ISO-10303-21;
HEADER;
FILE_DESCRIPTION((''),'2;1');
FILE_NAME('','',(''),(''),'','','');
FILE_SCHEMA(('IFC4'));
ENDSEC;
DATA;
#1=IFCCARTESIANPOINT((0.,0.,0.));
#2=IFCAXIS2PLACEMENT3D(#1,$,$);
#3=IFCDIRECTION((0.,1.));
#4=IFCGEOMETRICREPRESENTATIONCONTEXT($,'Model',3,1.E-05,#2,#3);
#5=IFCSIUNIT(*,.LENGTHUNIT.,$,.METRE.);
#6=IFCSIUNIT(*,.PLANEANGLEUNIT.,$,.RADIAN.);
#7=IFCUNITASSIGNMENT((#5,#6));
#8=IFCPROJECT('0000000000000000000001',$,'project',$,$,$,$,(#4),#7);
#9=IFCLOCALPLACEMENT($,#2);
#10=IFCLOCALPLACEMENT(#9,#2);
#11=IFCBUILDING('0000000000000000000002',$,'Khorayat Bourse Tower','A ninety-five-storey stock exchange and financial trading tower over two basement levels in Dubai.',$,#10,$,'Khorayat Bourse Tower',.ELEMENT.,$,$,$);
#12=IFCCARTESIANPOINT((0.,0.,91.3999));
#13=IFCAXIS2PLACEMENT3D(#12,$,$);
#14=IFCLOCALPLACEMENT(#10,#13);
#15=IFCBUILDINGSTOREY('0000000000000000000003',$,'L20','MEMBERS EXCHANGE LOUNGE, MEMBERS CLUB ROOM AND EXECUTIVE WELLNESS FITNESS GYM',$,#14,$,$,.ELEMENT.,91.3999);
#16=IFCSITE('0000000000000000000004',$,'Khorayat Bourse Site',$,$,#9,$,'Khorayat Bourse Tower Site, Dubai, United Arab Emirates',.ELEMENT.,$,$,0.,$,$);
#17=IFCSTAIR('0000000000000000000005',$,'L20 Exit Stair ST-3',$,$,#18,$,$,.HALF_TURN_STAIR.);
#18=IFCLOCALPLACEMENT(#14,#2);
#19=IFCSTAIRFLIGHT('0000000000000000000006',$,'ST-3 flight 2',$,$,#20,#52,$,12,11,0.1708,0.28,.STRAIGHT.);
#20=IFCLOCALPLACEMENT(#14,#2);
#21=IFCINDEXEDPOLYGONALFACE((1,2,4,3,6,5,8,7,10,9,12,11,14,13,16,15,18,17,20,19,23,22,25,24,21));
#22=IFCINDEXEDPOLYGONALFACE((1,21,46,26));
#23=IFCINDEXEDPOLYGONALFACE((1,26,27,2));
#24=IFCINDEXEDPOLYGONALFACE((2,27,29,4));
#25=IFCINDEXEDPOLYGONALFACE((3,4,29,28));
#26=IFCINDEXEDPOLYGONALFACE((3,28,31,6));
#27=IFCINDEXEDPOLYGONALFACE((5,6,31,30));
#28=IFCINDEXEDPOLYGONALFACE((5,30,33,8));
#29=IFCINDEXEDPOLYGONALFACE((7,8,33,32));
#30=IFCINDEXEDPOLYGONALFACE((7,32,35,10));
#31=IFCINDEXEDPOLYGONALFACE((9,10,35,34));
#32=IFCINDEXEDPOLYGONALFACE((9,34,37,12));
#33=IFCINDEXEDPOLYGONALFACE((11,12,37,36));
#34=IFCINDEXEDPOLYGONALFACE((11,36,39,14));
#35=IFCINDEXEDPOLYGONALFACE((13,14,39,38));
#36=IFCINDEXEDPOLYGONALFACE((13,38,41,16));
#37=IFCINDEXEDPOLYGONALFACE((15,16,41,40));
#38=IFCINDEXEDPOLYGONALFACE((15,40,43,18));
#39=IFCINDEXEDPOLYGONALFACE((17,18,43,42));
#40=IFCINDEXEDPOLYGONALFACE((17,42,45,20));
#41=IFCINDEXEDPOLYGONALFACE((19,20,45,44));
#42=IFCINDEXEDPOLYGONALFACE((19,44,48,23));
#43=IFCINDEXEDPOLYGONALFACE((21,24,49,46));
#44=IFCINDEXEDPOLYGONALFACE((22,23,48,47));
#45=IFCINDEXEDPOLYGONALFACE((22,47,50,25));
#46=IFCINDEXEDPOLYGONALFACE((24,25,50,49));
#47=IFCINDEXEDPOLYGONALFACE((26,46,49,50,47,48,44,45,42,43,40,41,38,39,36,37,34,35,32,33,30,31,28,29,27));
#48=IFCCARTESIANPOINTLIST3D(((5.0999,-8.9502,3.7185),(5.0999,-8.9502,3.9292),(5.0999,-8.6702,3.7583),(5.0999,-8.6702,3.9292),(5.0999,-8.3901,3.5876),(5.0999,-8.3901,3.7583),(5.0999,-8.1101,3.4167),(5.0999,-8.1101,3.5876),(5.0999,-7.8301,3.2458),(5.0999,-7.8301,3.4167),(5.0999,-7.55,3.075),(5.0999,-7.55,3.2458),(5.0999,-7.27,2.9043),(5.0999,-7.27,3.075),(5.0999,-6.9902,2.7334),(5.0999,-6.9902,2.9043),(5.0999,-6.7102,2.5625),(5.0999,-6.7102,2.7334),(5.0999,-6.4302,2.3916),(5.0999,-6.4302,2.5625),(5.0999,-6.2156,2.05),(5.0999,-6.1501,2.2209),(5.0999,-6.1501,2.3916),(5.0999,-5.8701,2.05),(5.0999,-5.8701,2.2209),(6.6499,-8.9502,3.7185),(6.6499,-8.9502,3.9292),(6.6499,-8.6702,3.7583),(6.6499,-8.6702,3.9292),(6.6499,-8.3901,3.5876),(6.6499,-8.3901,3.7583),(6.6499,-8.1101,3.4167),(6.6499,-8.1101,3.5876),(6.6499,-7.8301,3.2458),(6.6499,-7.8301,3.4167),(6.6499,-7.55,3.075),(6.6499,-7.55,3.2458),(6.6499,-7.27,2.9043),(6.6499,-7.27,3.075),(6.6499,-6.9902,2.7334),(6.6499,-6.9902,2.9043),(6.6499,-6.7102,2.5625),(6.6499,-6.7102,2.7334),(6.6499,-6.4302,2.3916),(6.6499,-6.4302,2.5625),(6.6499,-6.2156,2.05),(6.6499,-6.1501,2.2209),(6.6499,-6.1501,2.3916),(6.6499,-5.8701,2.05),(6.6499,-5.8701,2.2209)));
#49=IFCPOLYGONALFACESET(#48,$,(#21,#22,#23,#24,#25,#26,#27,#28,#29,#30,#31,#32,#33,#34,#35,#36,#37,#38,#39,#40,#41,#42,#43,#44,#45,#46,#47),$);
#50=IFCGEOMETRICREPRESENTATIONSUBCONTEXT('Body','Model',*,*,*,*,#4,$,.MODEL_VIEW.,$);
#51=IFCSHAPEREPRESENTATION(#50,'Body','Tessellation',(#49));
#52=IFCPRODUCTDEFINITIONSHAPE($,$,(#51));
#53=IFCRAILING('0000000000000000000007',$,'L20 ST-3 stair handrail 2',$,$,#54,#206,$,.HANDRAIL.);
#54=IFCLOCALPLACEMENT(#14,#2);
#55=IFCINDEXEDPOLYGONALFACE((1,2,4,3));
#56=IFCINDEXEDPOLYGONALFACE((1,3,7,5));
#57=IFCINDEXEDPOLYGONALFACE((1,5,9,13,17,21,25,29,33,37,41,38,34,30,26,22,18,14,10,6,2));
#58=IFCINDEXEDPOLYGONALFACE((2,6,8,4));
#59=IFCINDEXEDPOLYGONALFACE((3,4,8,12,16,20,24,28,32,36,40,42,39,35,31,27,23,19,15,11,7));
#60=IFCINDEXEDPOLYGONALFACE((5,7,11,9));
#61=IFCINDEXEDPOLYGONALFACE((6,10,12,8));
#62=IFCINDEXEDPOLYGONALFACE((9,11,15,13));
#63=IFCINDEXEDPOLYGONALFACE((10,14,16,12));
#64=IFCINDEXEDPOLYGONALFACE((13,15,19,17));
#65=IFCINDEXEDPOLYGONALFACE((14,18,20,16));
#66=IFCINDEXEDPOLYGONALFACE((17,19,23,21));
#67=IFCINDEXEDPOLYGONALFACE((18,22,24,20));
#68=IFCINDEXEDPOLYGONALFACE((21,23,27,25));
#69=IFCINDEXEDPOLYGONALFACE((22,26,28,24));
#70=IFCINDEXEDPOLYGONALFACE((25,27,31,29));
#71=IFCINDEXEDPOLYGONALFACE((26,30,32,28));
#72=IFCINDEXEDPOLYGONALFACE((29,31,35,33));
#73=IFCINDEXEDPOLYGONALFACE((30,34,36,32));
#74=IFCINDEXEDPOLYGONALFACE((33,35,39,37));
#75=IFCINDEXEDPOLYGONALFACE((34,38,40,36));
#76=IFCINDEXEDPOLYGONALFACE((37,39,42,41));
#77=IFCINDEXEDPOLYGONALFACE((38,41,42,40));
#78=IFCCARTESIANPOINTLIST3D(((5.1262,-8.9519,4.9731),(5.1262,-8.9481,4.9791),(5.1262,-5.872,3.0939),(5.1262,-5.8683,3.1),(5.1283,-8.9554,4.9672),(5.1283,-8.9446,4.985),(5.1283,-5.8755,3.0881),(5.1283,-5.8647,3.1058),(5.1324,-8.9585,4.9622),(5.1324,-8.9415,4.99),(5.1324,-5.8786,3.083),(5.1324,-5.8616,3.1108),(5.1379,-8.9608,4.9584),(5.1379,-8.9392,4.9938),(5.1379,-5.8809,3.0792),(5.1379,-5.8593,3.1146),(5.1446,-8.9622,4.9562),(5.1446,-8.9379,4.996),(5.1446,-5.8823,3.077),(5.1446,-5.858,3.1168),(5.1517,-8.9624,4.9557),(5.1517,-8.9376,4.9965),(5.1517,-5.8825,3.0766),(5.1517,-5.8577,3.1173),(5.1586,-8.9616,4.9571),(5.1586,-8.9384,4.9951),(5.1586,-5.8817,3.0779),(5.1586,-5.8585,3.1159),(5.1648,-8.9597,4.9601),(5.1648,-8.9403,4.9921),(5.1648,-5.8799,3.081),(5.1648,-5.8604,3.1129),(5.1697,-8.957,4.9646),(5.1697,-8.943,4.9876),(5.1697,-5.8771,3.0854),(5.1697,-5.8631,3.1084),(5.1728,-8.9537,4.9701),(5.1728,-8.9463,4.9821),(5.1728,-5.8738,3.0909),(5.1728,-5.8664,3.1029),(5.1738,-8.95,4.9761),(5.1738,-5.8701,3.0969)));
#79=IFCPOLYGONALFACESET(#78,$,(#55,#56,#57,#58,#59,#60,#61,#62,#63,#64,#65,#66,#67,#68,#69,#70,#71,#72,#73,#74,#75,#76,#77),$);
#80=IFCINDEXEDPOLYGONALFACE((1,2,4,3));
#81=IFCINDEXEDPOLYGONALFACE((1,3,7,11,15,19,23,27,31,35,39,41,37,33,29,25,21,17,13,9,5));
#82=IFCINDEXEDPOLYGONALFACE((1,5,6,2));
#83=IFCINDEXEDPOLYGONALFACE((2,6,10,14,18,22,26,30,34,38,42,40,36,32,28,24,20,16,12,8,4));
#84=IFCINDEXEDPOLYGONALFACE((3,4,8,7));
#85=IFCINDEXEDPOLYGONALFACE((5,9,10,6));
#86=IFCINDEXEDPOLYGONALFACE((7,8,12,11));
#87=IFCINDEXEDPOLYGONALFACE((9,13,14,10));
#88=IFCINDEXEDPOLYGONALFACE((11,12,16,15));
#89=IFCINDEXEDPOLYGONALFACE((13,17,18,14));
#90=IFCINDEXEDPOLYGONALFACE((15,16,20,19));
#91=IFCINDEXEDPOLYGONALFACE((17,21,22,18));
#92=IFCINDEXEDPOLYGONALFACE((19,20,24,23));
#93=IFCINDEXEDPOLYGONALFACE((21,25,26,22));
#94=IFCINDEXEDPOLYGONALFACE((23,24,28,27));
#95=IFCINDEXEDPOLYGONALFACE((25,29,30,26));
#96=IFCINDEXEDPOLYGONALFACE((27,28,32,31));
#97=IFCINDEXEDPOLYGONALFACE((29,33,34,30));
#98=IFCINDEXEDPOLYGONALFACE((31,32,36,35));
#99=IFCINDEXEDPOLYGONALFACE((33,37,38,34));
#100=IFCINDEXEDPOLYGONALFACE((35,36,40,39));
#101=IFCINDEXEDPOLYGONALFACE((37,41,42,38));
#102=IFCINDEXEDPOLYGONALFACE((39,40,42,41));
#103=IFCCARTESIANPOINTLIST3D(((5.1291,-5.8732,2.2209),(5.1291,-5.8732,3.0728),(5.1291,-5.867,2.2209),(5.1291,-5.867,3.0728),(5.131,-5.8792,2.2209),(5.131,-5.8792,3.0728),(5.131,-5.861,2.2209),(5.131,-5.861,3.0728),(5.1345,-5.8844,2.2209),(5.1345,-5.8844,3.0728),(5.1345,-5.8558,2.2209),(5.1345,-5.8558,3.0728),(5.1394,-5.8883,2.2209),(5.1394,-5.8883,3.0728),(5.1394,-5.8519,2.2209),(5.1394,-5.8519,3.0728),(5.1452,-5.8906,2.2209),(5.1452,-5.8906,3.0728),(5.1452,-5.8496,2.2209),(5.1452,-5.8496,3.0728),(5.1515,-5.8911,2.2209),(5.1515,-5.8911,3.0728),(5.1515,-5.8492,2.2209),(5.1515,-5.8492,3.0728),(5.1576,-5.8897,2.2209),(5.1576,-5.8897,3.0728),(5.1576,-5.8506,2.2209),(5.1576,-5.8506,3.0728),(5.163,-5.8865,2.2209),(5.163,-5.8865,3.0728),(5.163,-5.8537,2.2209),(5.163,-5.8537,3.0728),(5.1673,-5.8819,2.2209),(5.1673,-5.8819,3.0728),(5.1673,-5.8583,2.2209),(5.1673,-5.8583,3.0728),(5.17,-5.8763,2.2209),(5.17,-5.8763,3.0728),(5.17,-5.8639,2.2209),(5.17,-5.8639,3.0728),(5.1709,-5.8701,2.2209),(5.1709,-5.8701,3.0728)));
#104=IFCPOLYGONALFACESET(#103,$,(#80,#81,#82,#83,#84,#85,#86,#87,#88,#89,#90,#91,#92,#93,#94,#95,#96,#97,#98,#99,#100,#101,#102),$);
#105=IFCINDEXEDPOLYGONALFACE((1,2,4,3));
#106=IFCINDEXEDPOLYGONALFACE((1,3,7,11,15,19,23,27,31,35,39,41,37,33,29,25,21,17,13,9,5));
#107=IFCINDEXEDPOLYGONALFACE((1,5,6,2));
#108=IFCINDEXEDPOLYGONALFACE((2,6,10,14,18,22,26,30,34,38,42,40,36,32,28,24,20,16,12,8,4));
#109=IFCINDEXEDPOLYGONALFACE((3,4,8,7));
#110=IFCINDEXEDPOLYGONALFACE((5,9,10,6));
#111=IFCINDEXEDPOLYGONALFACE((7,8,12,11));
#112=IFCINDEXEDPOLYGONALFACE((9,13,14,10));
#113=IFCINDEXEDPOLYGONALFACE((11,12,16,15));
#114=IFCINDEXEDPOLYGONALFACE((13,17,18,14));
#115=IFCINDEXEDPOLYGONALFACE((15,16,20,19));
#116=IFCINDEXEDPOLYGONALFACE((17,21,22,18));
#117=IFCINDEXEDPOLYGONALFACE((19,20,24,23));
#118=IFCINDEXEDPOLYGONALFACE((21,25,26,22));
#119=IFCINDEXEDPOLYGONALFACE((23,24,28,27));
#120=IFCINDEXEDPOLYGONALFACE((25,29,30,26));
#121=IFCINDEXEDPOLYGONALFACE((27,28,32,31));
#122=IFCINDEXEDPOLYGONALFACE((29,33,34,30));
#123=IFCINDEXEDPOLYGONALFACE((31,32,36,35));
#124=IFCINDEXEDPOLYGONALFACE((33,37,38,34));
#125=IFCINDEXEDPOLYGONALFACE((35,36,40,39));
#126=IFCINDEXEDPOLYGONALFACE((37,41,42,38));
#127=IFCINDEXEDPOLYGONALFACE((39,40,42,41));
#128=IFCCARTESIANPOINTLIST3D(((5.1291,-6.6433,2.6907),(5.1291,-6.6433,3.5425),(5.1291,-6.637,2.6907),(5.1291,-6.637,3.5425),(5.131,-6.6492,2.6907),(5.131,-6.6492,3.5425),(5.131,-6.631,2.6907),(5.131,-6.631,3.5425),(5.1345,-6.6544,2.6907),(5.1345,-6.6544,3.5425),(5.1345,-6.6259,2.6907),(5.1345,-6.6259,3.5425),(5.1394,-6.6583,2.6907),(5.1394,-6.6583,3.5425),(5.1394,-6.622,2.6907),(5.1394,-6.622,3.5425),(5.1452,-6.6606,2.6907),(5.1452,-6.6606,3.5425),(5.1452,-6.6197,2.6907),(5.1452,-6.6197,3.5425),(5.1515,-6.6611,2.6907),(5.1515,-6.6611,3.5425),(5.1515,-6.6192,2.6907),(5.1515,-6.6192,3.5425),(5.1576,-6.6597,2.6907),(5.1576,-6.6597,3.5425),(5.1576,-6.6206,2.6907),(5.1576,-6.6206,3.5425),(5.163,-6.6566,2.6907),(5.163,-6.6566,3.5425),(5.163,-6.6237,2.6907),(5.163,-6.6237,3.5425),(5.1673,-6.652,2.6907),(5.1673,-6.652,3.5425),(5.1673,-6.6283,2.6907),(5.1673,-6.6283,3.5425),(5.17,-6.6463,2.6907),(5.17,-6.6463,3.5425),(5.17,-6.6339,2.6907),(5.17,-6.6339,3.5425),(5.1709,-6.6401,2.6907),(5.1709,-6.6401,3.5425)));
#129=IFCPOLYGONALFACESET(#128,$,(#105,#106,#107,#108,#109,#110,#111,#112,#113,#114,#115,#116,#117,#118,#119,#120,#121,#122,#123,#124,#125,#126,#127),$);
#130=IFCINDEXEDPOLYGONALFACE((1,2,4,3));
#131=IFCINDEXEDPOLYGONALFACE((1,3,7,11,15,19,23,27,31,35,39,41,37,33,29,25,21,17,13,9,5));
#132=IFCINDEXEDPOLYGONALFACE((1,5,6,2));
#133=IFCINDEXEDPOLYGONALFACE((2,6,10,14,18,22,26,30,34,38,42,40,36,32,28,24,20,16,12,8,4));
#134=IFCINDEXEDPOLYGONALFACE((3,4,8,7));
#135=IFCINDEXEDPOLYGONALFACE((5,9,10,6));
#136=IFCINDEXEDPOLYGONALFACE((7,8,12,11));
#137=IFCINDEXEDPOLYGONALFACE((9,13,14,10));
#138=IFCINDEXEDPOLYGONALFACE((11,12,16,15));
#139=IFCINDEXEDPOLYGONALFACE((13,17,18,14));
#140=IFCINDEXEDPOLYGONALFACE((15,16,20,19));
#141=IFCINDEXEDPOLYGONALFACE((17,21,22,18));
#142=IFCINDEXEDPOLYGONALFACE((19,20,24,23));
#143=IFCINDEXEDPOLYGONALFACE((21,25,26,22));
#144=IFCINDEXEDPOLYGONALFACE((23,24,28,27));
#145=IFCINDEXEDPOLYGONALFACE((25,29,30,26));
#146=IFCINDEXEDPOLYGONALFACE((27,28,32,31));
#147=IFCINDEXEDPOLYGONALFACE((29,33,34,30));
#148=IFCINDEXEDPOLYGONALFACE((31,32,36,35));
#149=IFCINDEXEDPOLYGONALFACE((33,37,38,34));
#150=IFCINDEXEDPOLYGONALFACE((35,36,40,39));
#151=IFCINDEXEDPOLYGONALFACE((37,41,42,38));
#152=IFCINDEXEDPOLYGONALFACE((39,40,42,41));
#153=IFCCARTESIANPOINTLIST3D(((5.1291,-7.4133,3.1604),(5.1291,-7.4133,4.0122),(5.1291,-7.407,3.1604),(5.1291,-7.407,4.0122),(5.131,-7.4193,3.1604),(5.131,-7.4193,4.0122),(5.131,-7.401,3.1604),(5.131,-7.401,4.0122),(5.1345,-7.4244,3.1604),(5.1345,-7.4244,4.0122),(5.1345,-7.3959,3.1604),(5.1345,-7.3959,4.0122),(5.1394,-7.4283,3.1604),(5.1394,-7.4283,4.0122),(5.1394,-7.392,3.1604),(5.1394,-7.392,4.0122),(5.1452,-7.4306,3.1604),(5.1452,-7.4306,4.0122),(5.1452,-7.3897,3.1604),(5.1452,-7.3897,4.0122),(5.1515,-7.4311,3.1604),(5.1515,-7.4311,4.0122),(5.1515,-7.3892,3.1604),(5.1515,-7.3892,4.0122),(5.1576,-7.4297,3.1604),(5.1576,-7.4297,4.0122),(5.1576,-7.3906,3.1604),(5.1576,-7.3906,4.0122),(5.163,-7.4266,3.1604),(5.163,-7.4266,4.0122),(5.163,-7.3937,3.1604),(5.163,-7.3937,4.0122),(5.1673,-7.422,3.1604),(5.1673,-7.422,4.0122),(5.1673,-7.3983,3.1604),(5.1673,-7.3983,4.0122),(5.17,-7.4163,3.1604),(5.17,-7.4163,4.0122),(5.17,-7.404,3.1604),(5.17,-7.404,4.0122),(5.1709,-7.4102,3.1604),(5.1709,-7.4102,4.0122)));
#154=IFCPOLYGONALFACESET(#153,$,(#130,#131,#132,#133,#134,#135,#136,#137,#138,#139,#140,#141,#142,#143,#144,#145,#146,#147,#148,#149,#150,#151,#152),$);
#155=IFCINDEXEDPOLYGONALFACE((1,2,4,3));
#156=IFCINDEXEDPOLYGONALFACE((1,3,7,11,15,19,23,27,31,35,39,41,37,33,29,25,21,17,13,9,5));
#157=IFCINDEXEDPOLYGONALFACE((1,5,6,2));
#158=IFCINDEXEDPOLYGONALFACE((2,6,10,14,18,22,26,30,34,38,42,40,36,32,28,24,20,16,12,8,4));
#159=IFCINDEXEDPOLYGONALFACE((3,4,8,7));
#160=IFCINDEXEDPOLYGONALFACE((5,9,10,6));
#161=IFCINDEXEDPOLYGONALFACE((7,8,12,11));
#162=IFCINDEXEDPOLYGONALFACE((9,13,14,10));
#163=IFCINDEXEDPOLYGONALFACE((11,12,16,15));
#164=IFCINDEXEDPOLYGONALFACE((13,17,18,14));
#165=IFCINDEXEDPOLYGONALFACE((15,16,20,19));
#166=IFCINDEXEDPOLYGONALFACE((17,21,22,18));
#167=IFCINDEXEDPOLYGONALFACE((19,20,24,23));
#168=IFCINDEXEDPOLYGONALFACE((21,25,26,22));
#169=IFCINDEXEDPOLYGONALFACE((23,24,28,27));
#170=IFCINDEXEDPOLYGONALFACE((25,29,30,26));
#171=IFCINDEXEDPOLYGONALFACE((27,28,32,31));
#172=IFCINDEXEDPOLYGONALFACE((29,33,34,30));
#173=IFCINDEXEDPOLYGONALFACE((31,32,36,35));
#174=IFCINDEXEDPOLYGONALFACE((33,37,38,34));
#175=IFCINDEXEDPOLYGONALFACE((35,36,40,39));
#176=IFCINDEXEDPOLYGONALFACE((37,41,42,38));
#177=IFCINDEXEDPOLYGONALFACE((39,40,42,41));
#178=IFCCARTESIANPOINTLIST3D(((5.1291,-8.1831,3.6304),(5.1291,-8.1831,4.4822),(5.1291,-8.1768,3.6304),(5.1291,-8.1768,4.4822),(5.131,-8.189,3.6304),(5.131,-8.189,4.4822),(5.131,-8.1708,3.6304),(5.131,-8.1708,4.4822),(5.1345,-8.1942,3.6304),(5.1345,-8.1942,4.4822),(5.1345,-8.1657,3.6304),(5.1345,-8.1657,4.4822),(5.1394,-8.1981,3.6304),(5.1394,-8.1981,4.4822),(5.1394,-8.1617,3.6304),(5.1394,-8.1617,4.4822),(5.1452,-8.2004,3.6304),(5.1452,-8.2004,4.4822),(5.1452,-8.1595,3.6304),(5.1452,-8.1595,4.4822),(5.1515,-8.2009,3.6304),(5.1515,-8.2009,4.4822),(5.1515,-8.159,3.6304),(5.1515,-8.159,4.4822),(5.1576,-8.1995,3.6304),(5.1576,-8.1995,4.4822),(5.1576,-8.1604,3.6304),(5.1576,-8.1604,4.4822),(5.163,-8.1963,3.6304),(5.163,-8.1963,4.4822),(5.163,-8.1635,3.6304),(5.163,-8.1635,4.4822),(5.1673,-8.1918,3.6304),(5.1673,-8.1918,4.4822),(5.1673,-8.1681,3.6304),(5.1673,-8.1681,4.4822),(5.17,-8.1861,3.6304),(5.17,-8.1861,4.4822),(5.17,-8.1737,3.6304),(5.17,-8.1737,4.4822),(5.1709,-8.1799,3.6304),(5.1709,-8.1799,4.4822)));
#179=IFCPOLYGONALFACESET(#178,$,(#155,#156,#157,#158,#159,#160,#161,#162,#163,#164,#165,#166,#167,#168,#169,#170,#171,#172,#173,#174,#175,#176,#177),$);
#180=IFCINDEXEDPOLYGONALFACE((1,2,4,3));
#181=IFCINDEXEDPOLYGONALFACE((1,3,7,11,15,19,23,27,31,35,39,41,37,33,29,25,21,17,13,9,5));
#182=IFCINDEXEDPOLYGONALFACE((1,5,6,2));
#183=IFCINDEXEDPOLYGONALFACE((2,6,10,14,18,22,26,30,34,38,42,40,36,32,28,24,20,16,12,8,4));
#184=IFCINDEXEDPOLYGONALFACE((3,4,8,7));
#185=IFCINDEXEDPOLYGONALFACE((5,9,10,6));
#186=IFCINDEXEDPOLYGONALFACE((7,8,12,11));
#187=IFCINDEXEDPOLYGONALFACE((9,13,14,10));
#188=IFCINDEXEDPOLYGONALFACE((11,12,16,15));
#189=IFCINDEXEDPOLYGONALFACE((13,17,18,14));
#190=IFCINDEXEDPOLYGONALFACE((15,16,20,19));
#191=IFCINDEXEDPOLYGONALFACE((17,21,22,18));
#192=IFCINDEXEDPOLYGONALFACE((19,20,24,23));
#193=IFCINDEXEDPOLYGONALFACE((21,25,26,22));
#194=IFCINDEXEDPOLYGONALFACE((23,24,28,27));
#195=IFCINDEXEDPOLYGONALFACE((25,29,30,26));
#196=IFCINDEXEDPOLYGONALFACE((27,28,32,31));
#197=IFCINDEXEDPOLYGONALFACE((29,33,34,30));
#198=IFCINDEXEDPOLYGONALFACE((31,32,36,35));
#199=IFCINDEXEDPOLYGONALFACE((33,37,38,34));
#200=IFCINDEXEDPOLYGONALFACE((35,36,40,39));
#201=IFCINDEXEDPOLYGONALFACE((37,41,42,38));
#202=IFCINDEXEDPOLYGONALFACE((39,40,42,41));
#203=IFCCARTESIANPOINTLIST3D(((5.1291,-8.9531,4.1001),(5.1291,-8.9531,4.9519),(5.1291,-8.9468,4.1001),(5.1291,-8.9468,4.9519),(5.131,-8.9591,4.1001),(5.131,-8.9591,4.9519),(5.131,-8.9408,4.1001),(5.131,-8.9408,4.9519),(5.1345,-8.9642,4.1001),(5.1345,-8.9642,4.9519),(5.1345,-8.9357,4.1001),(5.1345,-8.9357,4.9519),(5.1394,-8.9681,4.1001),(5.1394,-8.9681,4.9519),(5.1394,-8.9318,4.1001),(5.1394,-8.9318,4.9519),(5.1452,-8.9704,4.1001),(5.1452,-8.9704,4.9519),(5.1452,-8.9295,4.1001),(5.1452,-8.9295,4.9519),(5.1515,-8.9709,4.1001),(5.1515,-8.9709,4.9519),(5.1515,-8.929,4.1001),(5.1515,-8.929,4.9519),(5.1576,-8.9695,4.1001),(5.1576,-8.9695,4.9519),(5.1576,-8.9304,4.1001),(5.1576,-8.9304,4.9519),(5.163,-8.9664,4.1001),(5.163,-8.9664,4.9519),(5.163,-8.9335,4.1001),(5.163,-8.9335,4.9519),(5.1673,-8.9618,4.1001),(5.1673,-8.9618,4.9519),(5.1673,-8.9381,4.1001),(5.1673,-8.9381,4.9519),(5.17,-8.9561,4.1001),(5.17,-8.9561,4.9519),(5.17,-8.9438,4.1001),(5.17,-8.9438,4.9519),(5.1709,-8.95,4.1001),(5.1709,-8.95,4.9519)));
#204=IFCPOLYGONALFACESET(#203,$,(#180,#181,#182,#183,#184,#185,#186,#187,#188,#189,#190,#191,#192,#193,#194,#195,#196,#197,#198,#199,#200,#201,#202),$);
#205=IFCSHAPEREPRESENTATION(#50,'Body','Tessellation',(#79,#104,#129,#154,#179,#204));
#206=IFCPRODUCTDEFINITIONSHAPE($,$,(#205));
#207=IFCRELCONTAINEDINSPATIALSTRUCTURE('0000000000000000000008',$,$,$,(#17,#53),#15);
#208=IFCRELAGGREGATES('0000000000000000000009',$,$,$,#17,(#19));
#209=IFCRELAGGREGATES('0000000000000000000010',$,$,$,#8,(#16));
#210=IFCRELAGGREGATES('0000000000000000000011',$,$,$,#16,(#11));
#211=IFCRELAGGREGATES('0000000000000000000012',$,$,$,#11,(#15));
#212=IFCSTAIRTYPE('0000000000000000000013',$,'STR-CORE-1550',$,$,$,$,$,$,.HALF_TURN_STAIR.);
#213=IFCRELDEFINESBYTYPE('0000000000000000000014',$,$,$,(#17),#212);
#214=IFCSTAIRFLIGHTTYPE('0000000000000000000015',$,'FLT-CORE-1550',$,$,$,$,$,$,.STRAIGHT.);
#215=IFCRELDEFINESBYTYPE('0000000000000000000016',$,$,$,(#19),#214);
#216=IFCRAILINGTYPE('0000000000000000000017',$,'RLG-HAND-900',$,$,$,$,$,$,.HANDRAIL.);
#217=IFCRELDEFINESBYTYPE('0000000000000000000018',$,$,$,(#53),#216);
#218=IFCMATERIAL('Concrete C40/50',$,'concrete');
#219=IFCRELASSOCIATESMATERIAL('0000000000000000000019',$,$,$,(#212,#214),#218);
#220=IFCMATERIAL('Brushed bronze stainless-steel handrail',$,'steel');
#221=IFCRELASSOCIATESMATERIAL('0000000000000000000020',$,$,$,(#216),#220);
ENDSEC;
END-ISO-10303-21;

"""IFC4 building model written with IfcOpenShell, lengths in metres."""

from ifc_helpers import new_model, si_unit, direction, frame, origin, origin_2d, place, context, subcontext, project, spatial, polyline, circle, outline, extrude, source, transform, mapped, material, type_object, element, aggregate, save


model = new_model("IFC4")

# Units and contexts
model_context = context("Model", 3, precision=1e-05, world=origin(), true_north=direction((0.0, 1.0)))
body_context = subcontext(model_context, "Body", "Model", "MODEL_VIEW")
ifc_project = project(units=[si_unit("LENGTHUNIT", "METRE"), si_unit("PLANEANGLEUNIT", "RADIAN")], contexts=[model_context])

# Site, building, storey
site_placement = place(None, origin())
site = spatial("IfcSite", under=ifc_project, at=site_placement, Name="Khorayat Bourse Site", LongName="Khorayat Bourse Tower Site, Dubai, United Arab Emirates", CompositionType="ELEMENT", RefElevation=0.0)
building_placement = place(site_placement, origin())
building = spatial("IfcBuilding", under=site, at=building_placement, Name="Khorayat Bourse Tower", Description="A ninety-five-storey stock exchange and financial trading tower over two basement levels in Dubai.", LongName="Khorayat Bourse Tower", CompositionType="ELEMENT")
storey_placement = place(building_placement, frame((0.0, 0.0, 91.3999)))
storey = spatial("IfcBuildingStorey", under=building, at=storey_placement, Name="L20", Description="MEMBERS EXCHANGE LOUNGE, MEMBERS CLUB ROOM AND EXECUTIVE WELLNESS FITNESS GYM", CompositionType="ELEMENT", Elevation=91.3999)

# Stair, stair flight
ifc_material_1 = material(Name="Concrete C40/50", Category="concrete")
stair_type = type_object("IfcStairType", Name="STR-CORE-1550", PredefinedType="HALF_TURN_STAIR", material=ifc_material_1)
stair_placement = place(storey_placement, origin())
stair = element("IfcStair", 1, at=stair_placement, inside=storey, type_object=stair_type, Name="L20 Exit Stair ST-3", PredefinedType="HALF_TURN_STAIR")
stair_flight_type = type_object("IfcStairFlightType", Name="FLT-CORE-1550", PredefinedType="STRAIGHT", material=ifc_material_1)
shared_shape_1 = source(origin(), body_context, "Body", "SweptSolid", [
    extrude(outline(polyline([(0.0, 0.0), (0.0, 0.1709), (0.28, 0.1709), (0.28, 0.3416), (0.5601, 0.3416), (0.5601, 0.5125), (0.8401, 0.5125), (0.8401, 0.6833), (1.1201, 0.6833), (1.1201, 0.8542), (1.3999, 0.8542), (1.3999, 1.0249), (1.6799, 1.0249), (1.6799, 1.1958), (1.96, 1.1958), (1.96, 1.3667), (2.24, 1.3667), (2.24, 1.5376), (2.52, 1.5376), (2.52, 1.7083), (2.8, 1.7083), (2.8, 1.8792), (3.0801, 1.8792), (3.0801, 2.05), (3.0801, 1.6685), (0.3455, 0.0), (0.0, 0.0)])), frame((0.0, 0.7749, 0.0), z_axis=(0.0, -1.0, 0.0), x_axis=(1.0, 0.0, 0.0)), (0.0, 0.0, 1.0), 1.55),
])
stair_flight_placement = place(storey_placement, frame((5.875, -5.8701, 2.05), z_axis=(0.0, 0.0, 1.0), x_axis=(0.0, -1.0, 0.0)))
stair_flight = element("IfcStairFlight", 2, at=stair_flight_placement, type_object=stair_flight_type, Name="ST-3 flight 2", NumberOfRisers=12, NumberOfTreads=11, PredefinedType="STRAIGHT", RiserHeight=0.1708, TreadLength=0.28, context=body_context, shape_type="MappedRepresentation", body=[
    mapped(shared_shape_1, transform((0.0, 0.0, 0.0), scale=1.0)),
])
aggregate(stair, [stair_flight])

# Railing
ifc_material_2 = material(Name="Brushed bronze stainless-steel handrail", Category="steel")
railing_type = type_object("IfcRailingType", Name="RLG-HAND-900", PredefinedType="HANDRAIL", material=ifc_material_2)
shared_shape_2 = source(origin(), body_context, "Body", "SweptSolid", [
    extrude(circle(Radius=0.0239, at=origin_2d()), frame((0.0, 0.0, 0.876), z_axis=(0.0, -0.853648, 0.52085), x_axis=(1.0, 0.0, 0.0)), (0.0, 0.0, 1.0), 3.6079),
    extrude(circle(Radius=0.021, at=origin_2d()), origin(), (0.0, 0.0, 1.0), 0.8518),
    extrude(circle(Radius=0.021, at=origin_2d()), frame((0.0, -0.77, 0.4697)), (0.0, 0.0, 1.0), 0.8518),
    extrude(circle(Radius=0.021, at=origin_2d()), frame((0.0, -1.54, 0.9395)), (0.0, 0.0, 1.0), 0.8518),
    extrude(circle(Radius=0.021, at=origin_2d()), frame((0.0, -2.3098, 1.4094)), (0.0, 0.0, 1.0), 0.8518),
    extrude(circle(Radius=0.021, at=origin_2d()), frame((0.0, -3.0798, 1.8792)), (0.0, 0.0, 1.0), 0.8518),
])
railing_placement = place(storey_placement, frame((5.1499, -5.8701, 2.2209)))
element("IfcRailing", 3, at=railing_placement, inside=storey, type_object=railing_type, Name="L20 ST-3 stair handrail 2", PredefinedType="HANDRAIL", context=body_context, shape_type="MappedRepresentation", body=[
    mapped(shared_shape_2, transform((0.0, 0.0, 0.0), scale=1.0)),
])

save(model, "model.ifc")
